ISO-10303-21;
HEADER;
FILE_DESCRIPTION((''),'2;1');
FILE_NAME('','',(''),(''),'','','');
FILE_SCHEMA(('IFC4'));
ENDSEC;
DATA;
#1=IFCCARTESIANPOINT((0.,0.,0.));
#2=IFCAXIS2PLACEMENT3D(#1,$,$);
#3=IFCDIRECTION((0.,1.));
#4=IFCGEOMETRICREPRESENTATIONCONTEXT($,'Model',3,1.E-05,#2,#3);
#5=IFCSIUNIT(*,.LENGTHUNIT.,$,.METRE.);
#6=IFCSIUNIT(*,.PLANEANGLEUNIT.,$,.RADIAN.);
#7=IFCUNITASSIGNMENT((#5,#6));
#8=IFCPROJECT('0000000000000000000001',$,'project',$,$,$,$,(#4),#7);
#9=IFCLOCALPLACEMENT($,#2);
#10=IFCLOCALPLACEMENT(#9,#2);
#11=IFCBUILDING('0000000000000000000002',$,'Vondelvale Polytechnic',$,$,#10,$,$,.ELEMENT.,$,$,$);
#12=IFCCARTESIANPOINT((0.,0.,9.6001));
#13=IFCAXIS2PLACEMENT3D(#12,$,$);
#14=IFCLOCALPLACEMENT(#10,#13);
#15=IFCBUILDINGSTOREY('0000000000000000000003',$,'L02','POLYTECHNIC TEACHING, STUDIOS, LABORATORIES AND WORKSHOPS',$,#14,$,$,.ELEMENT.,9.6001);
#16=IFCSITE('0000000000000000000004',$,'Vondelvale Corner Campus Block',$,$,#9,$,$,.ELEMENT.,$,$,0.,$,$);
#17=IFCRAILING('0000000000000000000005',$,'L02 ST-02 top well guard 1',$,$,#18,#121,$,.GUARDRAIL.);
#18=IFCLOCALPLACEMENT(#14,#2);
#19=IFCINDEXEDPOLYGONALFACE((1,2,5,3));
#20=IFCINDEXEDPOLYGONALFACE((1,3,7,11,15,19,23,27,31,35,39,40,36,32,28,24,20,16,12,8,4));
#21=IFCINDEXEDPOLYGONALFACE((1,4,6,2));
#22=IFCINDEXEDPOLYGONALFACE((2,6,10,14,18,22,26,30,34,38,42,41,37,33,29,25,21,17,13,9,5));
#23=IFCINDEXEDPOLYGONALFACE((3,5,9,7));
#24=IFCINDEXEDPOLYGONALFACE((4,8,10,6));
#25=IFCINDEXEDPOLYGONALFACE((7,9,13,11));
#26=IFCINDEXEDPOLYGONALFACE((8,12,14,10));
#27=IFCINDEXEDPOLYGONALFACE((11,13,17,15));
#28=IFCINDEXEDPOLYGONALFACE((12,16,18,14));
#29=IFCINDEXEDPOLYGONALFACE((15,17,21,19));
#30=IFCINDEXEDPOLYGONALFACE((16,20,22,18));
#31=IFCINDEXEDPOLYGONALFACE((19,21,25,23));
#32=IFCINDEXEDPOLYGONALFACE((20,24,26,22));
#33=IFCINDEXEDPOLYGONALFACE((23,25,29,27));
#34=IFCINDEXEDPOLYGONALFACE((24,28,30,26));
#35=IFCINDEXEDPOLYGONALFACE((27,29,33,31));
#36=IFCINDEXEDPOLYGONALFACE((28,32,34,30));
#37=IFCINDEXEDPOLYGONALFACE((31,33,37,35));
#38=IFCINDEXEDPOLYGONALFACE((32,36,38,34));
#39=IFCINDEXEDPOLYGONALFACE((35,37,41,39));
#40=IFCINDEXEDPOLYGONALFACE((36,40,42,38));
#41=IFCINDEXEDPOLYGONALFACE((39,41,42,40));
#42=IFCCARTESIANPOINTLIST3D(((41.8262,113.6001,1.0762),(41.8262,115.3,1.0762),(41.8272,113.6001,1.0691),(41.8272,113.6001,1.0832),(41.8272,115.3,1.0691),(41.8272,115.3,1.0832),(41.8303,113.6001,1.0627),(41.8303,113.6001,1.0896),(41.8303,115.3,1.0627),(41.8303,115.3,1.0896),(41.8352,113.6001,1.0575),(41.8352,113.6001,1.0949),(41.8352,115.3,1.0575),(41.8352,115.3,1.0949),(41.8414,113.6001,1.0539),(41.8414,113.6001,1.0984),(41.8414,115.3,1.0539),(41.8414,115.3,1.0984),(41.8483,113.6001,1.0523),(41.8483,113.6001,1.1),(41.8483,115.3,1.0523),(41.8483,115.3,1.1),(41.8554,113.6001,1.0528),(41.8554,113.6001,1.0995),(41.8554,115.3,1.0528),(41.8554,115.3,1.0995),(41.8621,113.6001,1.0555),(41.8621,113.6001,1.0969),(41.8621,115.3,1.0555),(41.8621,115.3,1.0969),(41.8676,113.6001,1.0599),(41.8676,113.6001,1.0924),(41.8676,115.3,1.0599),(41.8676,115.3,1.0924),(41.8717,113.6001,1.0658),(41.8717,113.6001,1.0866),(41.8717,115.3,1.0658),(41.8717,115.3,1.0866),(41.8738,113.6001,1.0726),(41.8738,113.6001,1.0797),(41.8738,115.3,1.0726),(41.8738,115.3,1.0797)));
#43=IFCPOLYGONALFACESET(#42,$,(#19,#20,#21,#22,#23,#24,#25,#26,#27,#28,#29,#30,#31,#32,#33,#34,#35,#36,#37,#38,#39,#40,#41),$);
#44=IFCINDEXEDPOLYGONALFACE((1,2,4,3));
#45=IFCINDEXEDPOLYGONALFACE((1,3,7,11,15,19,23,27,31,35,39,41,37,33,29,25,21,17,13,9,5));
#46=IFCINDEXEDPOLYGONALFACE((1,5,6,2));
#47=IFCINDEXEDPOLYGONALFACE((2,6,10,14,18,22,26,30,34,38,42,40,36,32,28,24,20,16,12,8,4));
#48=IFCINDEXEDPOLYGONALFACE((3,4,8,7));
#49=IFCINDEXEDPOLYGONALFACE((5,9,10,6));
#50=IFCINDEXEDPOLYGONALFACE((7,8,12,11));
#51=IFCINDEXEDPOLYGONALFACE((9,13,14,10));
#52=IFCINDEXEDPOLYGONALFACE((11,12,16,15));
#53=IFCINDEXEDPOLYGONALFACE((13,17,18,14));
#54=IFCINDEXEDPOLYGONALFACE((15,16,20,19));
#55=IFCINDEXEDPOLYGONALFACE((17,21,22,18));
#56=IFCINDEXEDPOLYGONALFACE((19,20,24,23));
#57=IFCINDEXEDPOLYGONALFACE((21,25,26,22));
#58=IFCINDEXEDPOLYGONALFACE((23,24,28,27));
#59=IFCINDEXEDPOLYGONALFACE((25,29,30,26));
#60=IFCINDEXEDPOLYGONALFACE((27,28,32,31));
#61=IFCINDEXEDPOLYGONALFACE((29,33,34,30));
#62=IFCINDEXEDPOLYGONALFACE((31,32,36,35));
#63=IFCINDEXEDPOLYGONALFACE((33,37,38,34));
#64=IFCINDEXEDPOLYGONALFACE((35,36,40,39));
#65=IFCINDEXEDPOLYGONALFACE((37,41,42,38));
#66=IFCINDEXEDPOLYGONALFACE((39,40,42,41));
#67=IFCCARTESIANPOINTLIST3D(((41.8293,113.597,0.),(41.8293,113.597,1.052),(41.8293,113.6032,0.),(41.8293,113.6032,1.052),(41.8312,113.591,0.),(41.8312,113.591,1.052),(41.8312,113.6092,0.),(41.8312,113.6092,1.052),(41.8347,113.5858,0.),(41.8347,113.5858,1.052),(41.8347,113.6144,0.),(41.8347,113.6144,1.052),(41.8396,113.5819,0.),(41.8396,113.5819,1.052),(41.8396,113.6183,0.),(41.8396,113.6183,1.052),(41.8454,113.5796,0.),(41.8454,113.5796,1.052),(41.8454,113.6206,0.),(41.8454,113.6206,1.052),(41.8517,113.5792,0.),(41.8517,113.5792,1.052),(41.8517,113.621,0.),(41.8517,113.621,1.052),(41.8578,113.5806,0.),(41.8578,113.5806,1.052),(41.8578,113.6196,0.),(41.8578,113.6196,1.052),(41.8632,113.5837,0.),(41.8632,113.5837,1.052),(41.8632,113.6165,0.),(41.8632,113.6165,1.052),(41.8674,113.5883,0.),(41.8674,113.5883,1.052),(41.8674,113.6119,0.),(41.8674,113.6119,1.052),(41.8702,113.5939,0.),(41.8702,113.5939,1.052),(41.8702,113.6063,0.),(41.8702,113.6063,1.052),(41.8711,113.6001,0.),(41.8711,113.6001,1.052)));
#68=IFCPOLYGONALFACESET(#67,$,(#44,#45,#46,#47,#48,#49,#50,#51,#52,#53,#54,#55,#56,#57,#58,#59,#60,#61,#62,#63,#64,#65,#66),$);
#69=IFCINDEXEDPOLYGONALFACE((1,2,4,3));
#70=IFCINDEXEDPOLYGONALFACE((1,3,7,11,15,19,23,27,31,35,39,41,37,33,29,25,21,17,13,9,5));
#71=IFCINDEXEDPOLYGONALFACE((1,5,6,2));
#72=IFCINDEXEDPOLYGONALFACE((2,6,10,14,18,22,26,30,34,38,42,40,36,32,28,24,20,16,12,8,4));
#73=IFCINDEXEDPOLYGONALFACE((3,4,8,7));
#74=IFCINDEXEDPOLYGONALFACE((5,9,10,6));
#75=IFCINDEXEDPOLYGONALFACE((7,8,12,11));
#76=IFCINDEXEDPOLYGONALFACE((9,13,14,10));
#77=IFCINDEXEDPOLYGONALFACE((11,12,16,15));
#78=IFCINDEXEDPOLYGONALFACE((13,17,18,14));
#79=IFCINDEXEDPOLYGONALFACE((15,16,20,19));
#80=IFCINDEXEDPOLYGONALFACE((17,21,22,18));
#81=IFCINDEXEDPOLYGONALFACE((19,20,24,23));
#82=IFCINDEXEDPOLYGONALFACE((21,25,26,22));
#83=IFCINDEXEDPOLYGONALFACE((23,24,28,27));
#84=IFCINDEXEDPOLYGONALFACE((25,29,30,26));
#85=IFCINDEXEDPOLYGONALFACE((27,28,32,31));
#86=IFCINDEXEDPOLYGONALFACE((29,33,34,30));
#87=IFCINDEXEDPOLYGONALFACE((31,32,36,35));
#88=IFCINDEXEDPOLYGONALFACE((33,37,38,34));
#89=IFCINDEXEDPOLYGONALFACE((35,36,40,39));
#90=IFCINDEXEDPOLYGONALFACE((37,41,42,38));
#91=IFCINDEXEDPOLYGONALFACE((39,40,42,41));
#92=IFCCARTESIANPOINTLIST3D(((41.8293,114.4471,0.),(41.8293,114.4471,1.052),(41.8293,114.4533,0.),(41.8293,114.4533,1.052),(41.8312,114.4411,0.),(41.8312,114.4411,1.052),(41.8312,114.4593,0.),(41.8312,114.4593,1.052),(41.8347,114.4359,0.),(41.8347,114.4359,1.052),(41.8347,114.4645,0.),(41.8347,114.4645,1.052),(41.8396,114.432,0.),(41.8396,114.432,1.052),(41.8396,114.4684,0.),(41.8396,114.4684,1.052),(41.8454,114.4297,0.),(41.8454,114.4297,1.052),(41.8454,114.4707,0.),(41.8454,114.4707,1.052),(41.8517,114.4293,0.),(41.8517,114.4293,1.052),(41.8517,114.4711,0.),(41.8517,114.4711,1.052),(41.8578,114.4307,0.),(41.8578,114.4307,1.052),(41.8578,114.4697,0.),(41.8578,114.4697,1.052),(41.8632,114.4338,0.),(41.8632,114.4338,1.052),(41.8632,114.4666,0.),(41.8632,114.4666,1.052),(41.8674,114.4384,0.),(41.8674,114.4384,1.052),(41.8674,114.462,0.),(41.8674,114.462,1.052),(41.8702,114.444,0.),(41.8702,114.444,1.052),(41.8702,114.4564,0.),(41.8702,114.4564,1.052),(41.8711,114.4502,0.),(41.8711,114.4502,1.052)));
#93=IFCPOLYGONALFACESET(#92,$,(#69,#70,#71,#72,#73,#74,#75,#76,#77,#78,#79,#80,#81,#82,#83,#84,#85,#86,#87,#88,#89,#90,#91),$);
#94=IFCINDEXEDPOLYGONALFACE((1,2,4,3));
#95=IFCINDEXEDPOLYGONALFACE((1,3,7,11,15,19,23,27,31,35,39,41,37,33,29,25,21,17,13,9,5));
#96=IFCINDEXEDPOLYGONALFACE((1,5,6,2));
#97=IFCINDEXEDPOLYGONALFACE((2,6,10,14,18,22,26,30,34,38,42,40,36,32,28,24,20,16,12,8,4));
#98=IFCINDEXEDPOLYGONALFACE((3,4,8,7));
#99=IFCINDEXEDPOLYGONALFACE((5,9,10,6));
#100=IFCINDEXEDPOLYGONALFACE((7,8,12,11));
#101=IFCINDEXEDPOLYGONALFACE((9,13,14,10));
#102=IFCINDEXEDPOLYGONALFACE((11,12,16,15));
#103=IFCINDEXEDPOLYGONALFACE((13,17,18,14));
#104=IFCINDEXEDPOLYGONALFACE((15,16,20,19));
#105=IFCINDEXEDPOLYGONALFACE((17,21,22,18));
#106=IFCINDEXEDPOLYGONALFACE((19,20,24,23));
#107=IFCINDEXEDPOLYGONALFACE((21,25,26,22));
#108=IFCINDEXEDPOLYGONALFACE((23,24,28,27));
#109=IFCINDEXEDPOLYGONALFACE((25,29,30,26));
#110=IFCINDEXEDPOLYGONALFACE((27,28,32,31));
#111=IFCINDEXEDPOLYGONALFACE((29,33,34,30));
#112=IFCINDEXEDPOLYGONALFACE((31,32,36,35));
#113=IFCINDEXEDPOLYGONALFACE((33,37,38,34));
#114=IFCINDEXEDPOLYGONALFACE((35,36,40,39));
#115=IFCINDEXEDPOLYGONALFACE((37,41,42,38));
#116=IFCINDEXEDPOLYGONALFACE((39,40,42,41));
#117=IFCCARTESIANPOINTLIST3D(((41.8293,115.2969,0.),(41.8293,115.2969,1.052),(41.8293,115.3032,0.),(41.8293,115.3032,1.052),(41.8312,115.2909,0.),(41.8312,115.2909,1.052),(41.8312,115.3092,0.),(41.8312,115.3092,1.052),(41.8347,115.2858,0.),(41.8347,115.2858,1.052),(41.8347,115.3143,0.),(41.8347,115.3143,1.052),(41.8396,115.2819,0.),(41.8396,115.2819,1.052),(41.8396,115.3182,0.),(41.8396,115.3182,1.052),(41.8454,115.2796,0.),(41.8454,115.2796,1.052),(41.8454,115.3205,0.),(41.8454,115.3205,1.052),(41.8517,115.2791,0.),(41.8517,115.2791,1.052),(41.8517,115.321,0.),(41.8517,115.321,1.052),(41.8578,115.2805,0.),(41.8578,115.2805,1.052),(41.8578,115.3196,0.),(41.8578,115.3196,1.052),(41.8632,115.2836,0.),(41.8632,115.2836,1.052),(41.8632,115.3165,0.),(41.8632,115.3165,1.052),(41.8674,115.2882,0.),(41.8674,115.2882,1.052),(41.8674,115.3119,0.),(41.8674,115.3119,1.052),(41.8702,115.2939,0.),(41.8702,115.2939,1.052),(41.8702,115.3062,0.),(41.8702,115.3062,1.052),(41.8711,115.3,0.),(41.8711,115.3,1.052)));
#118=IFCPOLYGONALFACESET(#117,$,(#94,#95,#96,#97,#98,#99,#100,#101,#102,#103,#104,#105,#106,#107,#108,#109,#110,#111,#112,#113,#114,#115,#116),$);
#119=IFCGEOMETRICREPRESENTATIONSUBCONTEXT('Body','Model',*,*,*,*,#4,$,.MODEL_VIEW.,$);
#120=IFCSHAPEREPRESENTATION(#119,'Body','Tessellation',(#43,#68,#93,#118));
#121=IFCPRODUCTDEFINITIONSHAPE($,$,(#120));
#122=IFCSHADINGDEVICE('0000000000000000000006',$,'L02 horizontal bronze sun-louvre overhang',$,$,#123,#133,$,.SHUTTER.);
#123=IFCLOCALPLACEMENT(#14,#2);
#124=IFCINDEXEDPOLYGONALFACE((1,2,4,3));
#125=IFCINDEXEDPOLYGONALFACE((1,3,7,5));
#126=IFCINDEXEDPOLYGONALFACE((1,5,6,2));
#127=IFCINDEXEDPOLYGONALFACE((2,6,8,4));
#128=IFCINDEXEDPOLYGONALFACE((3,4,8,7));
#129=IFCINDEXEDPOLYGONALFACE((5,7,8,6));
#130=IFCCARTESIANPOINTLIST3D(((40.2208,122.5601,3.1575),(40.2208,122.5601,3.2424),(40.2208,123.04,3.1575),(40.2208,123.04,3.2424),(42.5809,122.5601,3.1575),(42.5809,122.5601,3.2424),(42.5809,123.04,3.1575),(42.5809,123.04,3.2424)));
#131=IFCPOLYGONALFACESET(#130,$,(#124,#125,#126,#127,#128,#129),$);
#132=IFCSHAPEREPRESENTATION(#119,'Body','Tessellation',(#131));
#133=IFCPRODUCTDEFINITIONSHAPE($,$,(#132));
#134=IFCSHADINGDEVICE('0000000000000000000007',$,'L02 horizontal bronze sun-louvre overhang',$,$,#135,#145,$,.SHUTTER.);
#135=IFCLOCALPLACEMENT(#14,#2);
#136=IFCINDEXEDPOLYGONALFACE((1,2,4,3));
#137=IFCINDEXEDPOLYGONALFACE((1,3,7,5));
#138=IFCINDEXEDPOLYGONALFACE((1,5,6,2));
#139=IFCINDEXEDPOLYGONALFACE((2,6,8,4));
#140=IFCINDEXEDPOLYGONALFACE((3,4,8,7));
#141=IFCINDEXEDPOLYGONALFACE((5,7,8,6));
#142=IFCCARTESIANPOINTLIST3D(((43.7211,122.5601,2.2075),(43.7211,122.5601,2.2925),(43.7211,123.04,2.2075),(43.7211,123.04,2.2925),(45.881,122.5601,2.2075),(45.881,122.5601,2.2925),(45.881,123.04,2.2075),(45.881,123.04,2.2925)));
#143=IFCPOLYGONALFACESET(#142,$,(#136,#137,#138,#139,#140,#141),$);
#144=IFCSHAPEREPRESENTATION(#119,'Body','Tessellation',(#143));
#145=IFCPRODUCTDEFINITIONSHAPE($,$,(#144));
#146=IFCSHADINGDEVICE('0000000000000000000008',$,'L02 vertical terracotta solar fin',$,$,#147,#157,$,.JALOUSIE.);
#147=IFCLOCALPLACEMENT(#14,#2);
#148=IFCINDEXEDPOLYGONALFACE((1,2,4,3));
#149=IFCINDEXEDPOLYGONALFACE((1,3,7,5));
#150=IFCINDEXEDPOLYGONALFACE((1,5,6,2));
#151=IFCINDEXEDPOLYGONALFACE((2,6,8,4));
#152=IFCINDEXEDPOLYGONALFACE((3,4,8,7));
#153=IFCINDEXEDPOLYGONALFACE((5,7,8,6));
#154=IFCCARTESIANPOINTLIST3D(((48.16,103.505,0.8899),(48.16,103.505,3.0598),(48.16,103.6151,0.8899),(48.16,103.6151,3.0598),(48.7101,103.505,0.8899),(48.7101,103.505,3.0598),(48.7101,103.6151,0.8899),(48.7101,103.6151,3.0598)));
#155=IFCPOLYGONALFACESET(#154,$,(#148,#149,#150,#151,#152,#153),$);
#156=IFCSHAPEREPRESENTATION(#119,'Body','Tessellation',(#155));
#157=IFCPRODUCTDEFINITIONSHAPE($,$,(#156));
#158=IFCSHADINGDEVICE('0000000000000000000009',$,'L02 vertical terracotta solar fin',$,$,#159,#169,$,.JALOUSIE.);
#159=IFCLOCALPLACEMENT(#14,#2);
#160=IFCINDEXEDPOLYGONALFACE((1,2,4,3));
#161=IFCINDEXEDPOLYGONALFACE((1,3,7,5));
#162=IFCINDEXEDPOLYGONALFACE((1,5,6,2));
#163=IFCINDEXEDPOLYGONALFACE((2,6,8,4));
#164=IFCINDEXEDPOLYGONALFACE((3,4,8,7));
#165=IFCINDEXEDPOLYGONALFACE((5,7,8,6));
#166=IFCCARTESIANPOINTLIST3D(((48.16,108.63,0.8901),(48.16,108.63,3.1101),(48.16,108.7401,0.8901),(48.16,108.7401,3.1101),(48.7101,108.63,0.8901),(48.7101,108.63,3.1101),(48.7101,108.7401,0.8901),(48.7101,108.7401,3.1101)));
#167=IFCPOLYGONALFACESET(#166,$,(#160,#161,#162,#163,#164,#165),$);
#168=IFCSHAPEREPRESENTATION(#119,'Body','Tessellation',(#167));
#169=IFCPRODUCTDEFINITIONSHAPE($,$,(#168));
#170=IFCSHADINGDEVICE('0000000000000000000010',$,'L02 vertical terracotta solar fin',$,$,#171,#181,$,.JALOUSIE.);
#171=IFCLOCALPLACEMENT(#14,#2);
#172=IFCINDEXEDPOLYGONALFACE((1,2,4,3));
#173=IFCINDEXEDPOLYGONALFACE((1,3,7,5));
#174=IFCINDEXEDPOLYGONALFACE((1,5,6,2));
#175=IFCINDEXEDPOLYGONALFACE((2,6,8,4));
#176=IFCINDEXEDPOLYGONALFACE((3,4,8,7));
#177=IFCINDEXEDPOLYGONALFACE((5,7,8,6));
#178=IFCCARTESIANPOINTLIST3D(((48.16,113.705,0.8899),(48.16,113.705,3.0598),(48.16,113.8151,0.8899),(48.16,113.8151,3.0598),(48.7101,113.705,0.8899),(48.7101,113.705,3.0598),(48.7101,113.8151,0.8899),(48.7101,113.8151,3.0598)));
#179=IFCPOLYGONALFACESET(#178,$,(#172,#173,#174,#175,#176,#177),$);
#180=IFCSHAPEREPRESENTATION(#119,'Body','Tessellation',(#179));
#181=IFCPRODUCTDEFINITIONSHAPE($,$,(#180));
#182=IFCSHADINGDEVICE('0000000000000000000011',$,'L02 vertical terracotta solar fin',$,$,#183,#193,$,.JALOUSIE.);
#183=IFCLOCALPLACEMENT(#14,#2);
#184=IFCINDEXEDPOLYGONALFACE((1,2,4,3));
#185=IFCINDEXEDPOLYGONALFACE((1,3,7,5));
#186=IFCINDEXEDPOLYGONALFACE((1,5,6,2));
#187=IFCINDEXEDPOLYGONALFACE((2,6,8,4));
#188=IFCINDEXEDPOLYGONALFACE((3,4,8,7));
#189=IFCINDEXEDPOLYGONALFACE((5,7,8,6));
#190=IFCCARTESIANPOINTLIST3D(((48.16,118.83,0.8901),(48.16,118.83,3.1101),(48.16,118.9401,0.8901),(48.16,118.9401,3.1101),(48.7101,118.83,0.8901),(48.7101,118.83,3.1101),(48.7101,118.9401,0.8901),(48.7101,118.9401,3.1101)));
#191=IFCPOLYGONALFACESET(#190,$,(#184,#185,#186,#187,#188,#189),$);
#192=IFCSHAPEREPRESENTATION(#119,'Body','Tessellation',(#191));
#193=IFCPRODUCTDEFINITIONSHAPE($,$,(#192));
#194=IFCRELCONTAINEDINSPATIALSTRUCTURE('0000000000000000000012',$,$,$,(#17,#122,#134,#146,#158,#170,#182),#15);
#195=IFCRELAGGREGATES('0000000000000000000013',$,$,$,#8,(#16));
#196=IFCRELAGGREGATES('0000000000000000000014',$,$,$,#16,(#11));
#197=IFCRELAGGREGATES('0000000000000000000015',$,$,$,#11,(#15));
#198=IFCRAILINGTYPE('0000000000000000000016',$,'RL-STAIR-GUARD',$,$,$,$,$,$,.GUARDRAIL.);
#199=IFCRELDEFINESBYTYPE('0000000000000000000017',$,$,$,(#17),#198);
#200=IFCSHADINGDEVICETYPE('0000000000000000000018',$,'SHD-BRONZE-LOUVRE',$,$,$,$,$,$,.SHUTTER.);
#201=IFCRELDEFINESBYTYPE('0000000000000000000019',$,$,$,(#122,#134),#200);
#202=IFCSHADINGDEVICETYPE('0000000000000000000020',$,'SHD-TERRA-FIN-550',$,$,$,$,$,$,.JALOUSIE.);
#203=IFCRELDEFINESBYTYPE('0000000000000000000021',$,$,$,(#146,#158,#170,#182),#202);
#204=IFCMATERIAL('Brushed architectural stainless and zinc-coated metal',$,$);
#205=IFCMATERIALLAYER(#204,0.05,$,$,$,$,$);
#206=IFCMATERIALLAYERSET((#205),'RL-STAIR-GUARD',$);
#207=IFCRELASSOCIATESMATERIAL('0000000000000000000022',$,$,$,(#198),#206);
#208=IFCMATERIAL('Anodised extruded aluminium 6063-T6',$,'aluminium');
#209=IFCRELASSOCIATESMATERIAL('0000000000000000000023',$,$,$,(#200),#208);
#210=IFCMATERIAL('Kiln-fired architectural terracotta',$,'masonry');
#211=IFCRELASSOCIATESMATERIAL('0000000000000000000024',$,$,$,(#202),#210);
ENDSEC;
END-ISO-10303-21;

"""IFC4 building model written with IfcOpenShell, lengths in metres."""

from ifc_helpers import new_model, si_unit, direction, frame, origin, origin_2d, place, context, subcontext, project, spatial, rectangle, circle, extrude, material, layer, layer_set, type_object, element, save


model = new_model("IFC4")

# Units and contexts
model_context = context("Model", 3, precision=1e-05, world=origin(), true_north=direction((0.0, 1.0)))
body_context = subcontext(model_context, "Body", "Model", "MODEL_VIEW")
ifc_project = project(units=[si_unit("LENGTHUNIT", "METRE"), si_unit("PLANEANGLEUNIT", "RADIAN")], contexts=[model_context])

# Site, building, storey
site_placement = place(None, origin())
site = spatial("IfcSite", under=ifc_project, at=site_placement, Name="Vondelvale Corner Campus Block", CompositionType="ELEMENT", RefElevation=0.0)
building_placement = place(site_placement, origin())
building = spatial("IfcBuilding", under=site, at=building_placement, Name="Vondelvale Polytechnic", CompositionType="ELEMENT")
storey_placement = place(building_placement, frame((0.0, 0.0, 9.6001)))
storey = spatial("IfcBuildingStorey", under=building, at=storey_placement, Name="L02", Description="POLYTECHNIC TEACHING, STUDIOS, LABORATORIES AND WORKSHOPS", CompositionType="ELEMENT", Elevation=9.6001)

# Railing
ifc_material_1 = material(Name="Brushed architectural stainless and zinc-coated metal")
ifc_layer_1 = layer(ifc_material_1, 0.05)
ifc_layer_set_1 = layer_set([ifc_layer_1], Name="RL-STAIR-GUARD")
railing_type = type_object("IfcRailingType", Name="RL-STAIR-GUARD", PredefinedType="GUARDRAIL", material=ifc_layer_set_1)
railing_placement = place(storey_placement, frame((41.8501, 113.6001, 0.0)))
element("IfcRailing", 1, at=railing_placement, inside=storey, type_object=railing_type, Name="L02 ST-02 top well guard 1", PredefinedType="GUARDRAIL", context=body_context, shape_type="SweptSolid", body=[
    extrude(circle(Radius=0.0239, at=origin_2d()), frame((0.0, 0.0, 1.0762), z_axis=(0.0, 1.0, 0.0), x_axis=(-1.0, 0.0, 0.0)), (0.0, 0.0, 1.0), 1.7),
    extrude(circle(Radius=0.021, at=origin_2d()), origin(), (0.0, 0.0, 1.0), 1.052),
    extrude(circle(Radius=0.021, at=origin_2d()), frame((0.0, 0.8501, 0.0)), (0.0, 0.0, 1.0), 1.052),
    extrude(circle(Radius=0.021, at=origin_2d()), frame((0.0, 1.7, 0.0)), (0.0, 0.0, 1.0), 1.052),
])

# Shading devices
ifc_material_2 = material(Name="Anodised extruded aluminium 6063-T6", Category="aluminium")
shading_device_type_1 = type_object("IfcShadingDeviceType", Name="SHD-BRONZE-LOUVRE", PredefinedType="SHUTTER", material=ifc_material_2)
shading_device_1_placement = place(storey_placement, frame((41.4009, 122.8, 3.1575), z_axis=(0.0, 0.0, 1.0), x_axis=(1.0, 0.0, 0.0)))
element("IfcShadingDevice", 2, at=shading_device_1_placement, inside=storey, type_object=shading_device_type_1, Name="L02 horizontal bronze sun-louvre overhang", PredefinedType="SHUTTER", context=body_context, shape_type="SweptSolid", body=[
    extrude(rectangle(XDim=2.3601, YDim=0.48, at=origin_2d()), origin(), (0.0, 0.0, 1.0), 0.085),
])
shading_device_2_placement = place(storey_placement, frame((44.801, 122.8, 2.2075), z_axis=(0.0, 0.0, 1.0), x_axis=(1.0, 0.0, 0.0)))
element("IfcShadingDevice", 3, at=shading_device_2_placement, inside=storey, type_object=shading_device_type_1, Name="L02 horizontal bronze sun-louvre overhang", PredefinedType="SHUTTER", context=body_context, shape_type="SweptSolid", body=[
    extrude(rectangle(XDim=2.1599, YDim=0.48, at=origin_2d()), origin(), (0.0, 0.0, 1.0), 0.085),
])
ifc_material_3 = material(Name="Kiln-fired architectural terracotta", Category="masonry")
shading_device_type_2 = type_object("IfcShadingDeviceType", Name="SHD-TERRA-FIN-550", PredefinedType="JALOUSIE", material=ifc_material_3)
shading_device_3_placement = place(storey_placement, frame((48.4351, 103.5601, 0.8899), z_axis=(0.0, 0.0, 1.0), x_axis=(0.0, -1.0, 0.0)))
element("IfcShadingDevice", 4, at=shading_device_3_placement, inside=storey, type_object=shading_device_type_2, Name="L02 vertical terracotta solar fin", PredefinedType="JALOUSIE", context=body_context, shape_type="SweptSolid", body=[
    extrude(rectangle(XDim=0.1101, YDim=0.55, at=origin_2d()), origin(), (0.0, 0.0, 1.0), 2.1699),
])
shading_device_4_placement = place(storey_placement, frame((48.4351, 108.6851, 0.8901), z_axis=(0.0, 0.0, 1.0), x_axis=(0.0, -1.0, 0.0)))
element("IfcShadingDevice", 5, at=shading_device_4_placement, inside=storey, type_object=shading_device_type_2, Name="L02 vertical terracotta solar fin", PredefinedType="JALOUSIE", context=body_context, shape_type="SweptSolid", body=[
    extrude(rectangle(XDim=0.1101, YDim=0.55, at=origin_2d()), origin(), (0.0, 0.0, 1.0), 2.22),
])
shading_device_5_placement = place(storey_placement, frame((48.4351, 113.76, 0.8899), z_axis=(0.0, 0.0, 1.0), x_axis=(0.0, -1.0, 0.0)))
element("IfcShadingDevice", 6, at=shading_device_5_placement, inside=storey, type_object=shading_device_type_2, Name="L02 vertical terracotta solar fin", PredefinedType="JALOUSIE", context=body_context, shape_type="SweptSolid", body=[
    extrude(rectangle(XDim=0.1101, YDim=0.55, at=origin_2d()), origin(), (0.0, 0.0, 1.0), 2.1699),
])
shading_device_6_placement = place(storey_placement, frame((48.4351, 118.885, 0.8901), z_axis=(0.0, 0.0, 1.0), x_axis=(0.0, -1.0, 0.0)))
element("IfcShadingDevice", 7, at=shading_device_6_placement, inside=storey, type_object=shading_device_type_2, Name="L02 vertical terracotta solar fin", PredefinedType="JALOUSIE", context=body_context, shape_type="SweptSolid", body=[
    extrude(rectangle(XDim=0.1101, YDim=0.55, at=origin_2d()), origin(), (0.0, 0.0, 1.0), 2.22),
])

save(model, "model.ifc")
